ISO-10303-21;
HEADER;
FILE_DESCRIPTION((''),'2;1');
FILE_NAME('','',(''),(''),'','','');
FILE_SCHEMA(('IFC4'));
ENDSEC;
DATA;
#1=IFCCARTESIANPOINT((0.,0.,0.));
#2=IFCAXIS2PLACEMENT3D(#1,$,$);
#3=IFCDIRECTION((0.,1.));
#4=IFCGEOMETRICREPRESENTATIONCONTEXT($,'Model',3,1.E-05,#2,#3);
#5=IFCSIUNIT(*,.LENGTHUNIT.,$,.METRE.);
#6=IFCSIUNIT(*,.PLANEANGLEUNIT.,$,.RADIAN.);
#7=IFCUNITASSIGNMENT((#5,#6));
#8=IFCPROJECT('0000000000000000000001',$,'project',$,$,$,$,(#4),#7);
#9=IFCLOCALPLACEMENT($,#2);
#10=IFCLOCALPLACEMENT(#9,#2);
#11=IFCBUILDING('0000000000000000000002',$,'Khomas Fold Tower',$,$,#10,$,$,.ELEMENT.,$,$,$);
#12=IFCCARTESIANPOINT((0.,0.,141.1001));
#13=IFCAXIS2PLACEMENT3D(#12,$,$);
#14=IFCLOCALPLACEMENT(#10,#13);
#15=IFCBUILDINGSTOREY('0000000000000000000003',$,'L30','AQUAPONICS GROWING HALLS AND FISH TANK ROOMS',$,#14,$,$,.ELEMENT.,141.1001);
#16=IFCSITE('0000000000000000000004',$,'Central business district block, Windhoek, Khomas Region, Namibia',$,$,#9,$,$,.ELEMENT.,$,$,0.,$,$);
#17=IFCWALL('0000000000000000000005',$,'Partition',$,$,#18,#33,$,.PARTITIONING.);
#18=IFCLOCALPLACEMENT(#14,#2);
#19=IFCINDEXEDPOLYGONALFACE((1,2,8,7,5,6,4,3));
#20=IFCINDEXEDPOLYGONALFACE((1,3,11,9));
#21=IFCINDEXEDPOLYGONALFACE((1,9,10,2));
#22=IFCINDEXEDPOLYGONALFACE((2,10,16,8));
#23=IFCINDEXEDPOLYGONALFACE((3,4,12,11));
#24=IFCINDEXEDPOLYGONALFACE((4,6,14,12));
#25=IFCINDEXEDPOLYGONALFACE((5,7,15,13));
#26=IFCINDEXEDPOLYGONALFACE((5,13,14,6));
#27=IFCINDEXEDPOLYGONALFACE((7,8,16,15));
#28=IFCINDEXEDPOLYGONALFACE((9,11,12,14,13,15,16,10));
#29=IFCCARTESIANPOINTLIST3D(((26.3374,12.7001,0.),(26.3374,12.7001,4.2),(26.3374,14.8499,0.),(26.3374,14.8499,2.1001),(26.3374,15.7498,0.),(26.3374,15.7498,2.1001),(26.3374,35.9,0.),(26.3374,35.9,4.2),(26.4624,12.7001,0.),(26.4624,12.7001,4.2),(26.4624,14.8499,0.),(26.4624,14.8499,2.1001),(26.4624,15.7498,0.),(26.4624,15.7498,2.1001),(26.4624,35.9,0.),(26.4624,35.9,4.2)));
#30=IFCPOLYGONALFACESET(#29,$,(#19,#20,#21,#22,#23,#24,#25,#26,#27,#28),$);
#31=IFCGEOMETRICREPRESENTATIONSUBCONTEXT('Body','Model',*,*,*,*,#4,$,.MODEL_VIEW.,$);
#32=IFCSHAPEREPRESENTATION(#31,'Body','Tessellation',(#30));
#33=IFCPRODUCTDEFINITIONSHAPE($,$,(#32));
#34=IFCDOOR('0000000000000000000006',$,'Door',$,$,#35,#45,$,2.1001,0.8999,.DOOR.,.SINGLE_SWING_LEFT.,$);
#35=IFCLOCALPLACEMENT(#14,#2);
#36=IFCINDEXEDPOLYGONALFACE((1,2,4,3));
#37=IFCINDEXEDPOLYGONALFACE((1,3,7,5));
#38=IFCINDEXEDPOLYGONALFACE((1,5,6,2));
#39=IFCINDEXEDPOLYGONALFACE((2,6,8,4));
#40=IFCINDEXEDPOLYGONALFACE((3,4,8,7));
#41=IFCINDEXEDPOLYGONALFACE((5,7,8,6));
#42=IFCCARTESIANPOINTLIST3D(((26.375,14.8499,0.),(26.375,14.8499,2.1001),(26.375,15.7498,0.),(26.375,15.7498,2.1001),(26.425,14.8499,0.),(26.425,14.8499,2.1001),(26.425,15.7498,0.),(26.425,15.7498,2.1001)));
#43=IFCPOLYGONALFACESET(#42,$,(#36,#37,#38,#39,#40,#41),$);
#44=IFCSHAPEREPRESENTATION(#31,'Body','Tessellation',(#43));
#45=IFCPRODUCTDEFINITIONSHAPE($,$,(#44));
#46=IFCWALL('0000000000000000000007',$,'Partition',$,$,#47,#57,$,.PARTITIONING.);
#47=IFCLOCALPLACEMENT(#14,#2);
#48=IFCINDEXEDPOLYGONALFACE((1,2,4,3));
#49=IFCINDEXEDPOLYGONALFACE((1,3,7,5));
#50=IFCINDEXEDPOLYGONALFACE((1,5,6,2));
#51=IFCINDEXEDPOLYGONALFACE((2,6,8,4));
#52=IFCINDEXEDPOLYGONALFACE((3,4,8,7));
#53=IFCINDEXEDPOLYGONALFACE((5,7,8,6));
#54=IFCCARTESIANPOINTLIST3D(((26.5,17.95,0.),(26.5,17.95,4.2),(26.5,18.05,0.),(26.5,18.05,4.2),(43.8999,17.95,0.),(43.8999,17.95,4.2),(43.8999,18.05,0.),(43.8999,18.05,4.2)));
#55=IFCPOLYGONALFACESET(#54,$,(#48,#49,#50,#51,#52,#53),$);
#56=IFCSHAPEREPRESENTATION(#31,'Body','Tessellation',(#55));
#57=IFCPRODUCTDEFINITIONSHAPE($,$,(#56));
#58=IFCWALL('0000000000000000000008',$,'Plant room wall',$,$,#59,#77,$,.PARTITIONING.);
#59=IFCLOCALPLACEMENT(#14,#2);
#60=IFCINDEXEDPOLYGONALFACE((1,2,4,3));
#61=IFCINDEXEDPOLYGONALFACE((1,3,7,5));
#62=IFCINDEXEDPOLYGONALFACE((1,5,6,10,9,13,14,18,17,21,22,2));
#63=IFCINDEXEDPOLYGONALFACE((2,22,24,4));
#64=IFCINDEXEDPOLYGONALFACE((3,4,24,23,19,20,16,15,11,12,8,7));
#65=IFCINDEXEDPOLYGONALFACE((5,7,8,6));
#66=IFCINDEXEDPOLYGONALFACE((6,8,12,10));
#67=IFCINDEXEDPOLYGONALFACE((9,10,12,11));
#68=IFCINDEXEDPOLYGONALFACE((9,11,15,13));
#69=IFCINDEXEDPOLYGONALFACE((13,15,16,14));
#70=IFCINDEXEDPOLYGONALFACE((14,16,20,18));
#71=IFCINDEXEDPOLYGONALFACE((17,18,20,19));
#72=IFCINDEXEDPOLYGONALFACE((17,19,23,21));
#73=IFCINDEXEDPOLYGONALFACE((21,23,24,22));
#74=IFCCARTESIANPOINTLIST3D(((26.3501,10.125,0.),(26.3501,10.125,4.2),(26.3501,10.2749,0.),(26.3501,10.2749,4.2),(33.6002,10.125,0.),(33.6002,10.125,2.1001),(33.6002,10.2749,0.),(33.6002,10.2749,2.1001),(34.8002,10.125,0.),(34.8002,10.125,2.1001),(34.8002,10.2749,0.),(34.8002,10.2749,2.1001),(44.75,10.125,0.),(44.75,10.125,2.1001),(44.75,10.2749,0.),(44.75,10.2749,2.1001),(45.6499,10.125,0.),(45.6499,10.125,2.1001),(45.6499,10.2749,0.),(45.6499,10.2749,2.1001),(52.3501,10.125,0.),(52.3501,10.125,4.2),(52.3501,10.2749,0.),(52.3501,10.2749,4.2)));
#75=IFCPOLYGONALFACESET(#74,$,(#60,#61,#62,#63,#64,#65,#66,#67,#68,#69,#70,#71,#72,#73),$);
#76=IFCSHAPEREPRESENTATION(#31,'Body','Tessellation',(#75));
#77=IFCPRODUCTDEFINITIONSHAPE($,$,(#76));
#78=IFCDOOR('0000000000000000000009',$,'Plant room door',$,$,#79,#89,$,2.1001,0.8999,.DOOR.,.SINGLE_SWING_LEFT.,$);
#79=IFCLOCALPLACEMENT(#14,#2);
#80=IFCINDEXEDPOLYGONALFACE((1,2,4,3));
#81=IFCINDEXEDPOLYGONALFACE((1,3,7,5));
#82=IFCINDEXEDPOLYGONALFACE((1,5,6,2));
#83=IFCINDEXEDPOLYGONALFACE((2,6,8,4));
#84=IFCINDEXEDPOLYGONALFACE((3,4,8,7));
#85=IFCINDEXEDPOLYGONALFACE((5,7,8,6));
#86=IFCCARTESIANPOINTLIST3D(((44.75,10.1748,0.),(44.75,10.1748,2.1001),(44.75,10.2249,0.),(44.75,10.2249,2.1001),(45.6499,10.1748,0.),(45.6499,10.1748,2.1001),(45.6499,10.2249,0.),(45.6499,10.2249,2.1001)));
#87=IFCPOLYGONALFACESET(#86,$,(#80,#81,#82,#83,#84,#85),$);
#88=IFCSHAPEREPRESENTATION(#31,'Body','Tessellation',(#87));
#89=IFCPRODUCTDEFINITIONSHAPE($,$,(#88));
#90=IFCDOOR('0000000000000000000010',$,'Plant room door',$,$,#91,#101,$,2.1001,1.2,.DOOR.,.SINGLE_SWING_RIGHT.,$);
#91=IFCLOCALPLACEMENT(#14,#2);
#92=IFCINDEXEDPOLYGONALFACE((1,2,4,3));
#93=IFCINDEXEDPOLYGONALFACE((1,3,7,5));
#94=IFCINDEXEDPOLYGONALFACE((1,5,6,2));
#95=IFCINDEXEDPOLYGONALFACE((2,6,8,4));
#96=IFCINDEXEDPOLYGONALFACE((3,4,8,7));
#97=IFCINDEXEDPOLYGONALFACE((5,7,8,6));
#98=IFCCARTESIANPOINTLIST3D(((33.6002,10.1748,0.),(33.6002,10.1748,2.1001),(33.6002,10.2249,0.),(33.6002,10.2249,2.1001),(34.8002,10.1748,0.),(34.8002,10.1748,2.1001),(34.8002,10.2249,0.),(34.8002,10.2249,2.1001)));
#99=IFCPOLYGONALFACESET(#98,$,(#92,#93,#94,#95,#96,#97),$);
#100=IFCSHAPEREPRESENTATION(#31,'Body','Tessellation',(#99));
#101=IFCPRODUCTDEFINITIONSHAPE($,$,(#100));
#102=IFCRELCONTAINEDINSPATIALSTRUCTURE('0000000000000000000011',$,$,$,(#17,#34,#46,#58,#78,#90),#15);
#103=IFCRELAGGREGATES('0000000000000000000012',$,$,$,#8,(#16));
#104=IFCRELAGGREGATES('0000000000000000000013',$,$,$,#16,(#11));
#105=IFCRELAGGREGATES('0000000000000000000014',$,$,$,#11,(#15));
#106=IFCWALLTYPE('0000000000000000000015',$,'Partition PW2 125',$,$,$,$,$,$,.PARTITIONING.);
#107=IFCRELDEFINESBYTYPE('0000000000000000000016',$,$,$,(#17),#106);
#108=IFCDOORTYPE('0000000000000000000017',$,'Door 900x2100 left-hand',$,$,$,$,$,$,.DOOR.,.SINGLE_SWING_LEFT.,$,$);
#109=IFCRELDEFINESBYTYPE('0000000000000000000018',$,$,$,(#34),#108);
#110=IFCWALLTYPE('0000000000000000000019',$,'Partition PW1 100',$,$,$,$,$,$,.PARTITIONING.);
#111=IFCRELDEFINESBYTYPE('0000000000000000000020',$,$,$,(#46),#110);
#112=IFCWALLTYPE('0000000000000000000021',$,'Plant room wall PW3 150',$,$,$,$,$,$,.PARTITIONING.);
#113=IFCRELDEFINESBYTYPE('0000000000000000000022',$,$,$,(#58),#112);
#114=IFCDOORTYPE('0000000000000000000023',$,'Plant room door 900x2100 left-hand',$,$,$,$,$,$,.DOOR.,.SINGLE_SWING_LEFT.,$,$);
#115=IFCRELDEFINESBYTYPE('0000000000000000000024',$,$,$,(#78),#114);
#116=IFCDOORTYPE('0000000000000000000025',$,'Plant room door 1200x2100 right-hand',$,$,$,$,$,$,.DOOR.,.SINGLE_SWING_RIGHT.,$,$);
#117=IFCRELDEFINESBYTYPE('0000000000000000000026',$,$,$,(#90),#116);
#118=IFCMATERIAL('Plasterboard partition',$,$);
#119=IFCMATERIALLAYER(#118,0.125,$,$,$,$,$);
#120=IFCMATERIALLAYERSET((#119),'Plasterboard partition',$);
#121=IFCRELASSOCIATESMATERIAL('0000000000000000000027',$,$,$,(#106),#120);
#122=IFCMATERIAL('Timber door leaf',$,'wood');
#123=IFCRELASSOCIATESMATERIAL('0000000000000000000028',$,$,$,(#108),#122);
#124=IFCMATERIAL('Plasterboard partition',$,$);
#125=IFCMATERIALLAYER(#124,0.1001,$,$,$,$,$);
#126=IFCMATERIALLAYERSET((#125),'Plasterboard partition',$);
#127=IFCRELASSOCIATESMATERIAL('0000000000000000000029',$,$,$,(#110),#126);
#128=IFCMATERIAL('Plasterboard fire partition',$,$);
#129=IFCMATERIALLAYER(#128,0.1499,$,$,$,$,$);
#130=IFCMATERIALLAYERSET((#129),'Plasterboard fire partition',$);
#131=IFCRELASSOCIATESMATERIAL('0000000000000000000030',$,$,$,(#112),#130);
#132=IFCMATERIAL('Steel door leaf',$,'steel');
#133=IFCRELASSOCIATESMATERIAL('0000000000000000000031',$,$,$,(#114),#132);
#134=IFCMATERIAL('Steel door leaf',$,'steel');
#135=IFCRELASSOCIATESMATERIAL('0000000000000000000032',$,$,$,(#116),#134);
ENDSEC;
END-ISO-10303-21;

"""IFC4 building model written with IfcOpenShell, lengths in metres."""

from ifc_helpers import new_model, si_unit, direction, frame, frame_2d, origin, place, context, subcontext, project, spatial, rectangle, extrude, source, transform, mapped, material, layer, layer_set, type_object, element, fill, save


model = new_model("IFC4")

# Units and contexts
model_context = context("Model", 3, precision=1e-05, world=origin(), true_north=direction((0.0, 1.0)))
body_context = subcontext(model_context, "Body", "Model", "MODEL_VIEW")
ifc_project = project(units=[si_unit("LENGTHUNIT", "METRE"), si_unit("PLANEANGLEUNIT", "RADIAN")], contexts=[model_context])

# Site, building, storey
site_placement = place(None, origin())
site = spatial("IfcSite", under=ifc_project, at=site_placement, Name="Central business district block, Windhoek, Khomas Region, Namibia", CompositionType="ELEMENT", RefElevation=0.0)
building_placement = place(site_placement, origin())
building = spatial("IfcBuilding", under=site, at=building_placement, Name="Khomas Fold Tower", CompositionType="ELEMENT")
storey_placement = place(building_placement, frame((0.0, 0.0, 141.1001)))
storey = spatial("IfcBuildingStorey", under=building, at=storey_placement, Name="L30", Description="AQUAPONICS GROWING HALLS AND FISH TANK ROOMS", CompositionType="ELEMENT", Elevation=141.1001)

# Shared definitions
ifc_material_1 = material(Name="Plasterboard partition")
ifc_layer_1 = layer(ifc_material_1, 0.125)
ifc_layer_set_1 = layer_set([ifc_layer_1], Name="Plasterboard partition")
wall_type_1 = type_object("IfcWallType", Name="Partition PW2 125", PredefinedType="PARTITIONING", material=ifc_layer_set_1)

# Wall, opening, door
shared_shape_1 = source(origin(), body_context, "Body", "SweptSolid", [
    extrude(rectangle(XDim=23.2, YDim=0.125, at=frame_2d((11.6001, 0.0))), origin(), (0.0, 0.0, 1.0), 4.2),
])
wall_1_placement = place(storey_placement, frame((26.3999, 12.7, 0.0), z_axis=(0.0, 0.0, 1.0), x_axis=(0.0, 1.0, 0.0)))
wall_1 = element("IfcWall", 1, at=wall_1_placement, inside=storey, type_object=wall_type_1, Name="Partition", PredefinedType="PARTITIONING", context=body_context, shape_type="MappedRepresentation", body=[
    mapped(shared_shape_1, transform((0.0, 0.0, 0.0))),
])
shared_shape_2 = source(origin(), body_context, "Body", "SweptSolid", [
    extrude(rectangle(XDim=0.8999, YDim=2.1001, at=frame_2d((0.45, 1.05))), frame((0.0, 0.0725, 0.0), z_axis=(0.0, -1.0, 0.0), x_axis=(1.0, 0.0, 0.0)), (0.0, 0.0, 1.0), 0.145),
])
opening_1_placement = place(wall_1_placement, frame((2.1499, 0.0, 0.0)))
opening_1 = element("IfcOpeningElement", 2, at=opening_1_placement, cuts=wall_1, PredefinedType="OPENING", context=body_context, shape_type="MappedRepresentation", body=[
    mapped(shared_shape_2, transform((0.0, 0.0, 0.0))),
])
ifc_material_2 = material(Name="Timber door leaf", Category="wood")
door_type_1 = type_object("IfcDoorType", Name="Door 900x2100 left-hand", OperationType="SINGLE_SWING_LEFT", PredefinedType="DOOR", material=ifc_material_2)
shared_shape_3 = source(origin(), body_context, "Body", "SweptSolid", [
    extrude(rectangle(XDim=0.8999, YDim=2.1001, at=frame_2d((0.45, 1.05))), frame((0.0, 0.0249, 0.0), z_axis=(0.0, -1.0, 0.0), x_axis=(1.0, 0.0, 0.0)), (0.0, 0.0, 1.0), 0.05),
])
door_1_placement = place(opening_1_placement, origin())
door_1 = element("IfcDoor", 3, at=door_1_placement, inside=storey, type_object=door_type_1, Name="Door", OperationType="SINGLE_SWING_LEFT", OverallHeight=2.1001, OverallWidth=0.8999, PredefinedType="DOOR", context=body_context, shape_type="MappedRepresentation", body=[
    mapped(shared_shape_3, transform((0.0, 0.0, 0.0))),
])
fill(opening_1, door_1)

# Wall
ifc_material_3 = material(Name="Plasterboard partition")
ifc_layer_2 = layer(ifc_material_3, 0.1001)
ifc_layer_set_2 = layer_set([ifc_layer_2], Name="Plasterboard partition")
wall_type_2 = type_object("IfcWallType", Name="Partition PW1 100", PredefinedType="PARTITIONING", material=ifc_layer_set_2)
shared_shape_4 = source(origin(), body_context, "Body", "SweptSolid", [
    extrude(rectangle(XDim=17.3999, YDim=0.1001, at=frame_2d((8.7, 0.0))), origin(), (0.0, 0.0, 1.0), 4.2),
])
wall_2_placement = place(storey_placement, frame((26.5, 18.0, 0.0), z_axis=(0.0, 0.0, 1.0), x_axis=(1.0, 0.0, 0.0)))
element("IfcWall", 4, at=wall_2_placement, inside=storey, type_object=wall_type_2, Name="Partition", PredefinedType="PARTITIONING", context=body_context, shape_type="MappedRepresentation", body=[
    mapped(shared_shape_4, transform((0.0, 0.0, 0.0))),
])

# Wall, openings, doors
ifc_material_4 = material(Name="Plasterboard fire partition")
ifc_layer_3 = layer(ifc_material_4, 0.1499)
ifc_layer_set_3 = layer_set([ifc_layer_3], Name="Plasterboard fire partition")
wall_type_3 = type_object("IfcWallType", Name="Plant room wall PW3 150", PredefinedType="PARTITIONING", material=ifc_layer_set_3)
shared_shape_5 = source(origin(), body_context, "Body", "SweptSolid", [
    extrude(rectangle(XDim=26.0, YDim=0.1499, at=frame_2d((13.0, 0.0))), origin(), (0.0, 0.0, 1.0), 4.2),
])
wall_3_placement = place(storey_placement, frame((26.3501, 10.2, 0.0), z_axis=(0.0, 0.0, 1.0), x_axis=(1.0, 0.0, 0.0)))
wall_3 = element("IfcWall", 5, at=wall_3_placement, inside=storey, type_object=wall_type_3, Name="Plant room wall", PredefinedType="PARTITIONING", context=body_context, shape_type="MappedRepresentation", body=[
    mapped(shared_shape_5, transform((0.0, 0.0, 0.0))),
])
shared_shape_6 = source(origin(), body_context, "Body", "SweptSolid", [
    extrude(rectangle(XDim=1.2, YDim=2.1001, at=frame_2d((0.6001, 1.05))), frame((0.0, 0.085, 0.0), z_axis=(0.0, -1.0, 0.0), x_axis=(1.0, 0.0, 0.0)), (0.0, 0.0, 1.0), 0.1699),
])
opening_2_placement = place(wall_3_placement, frame((7.25, 0.0, 0.0)))
opening_2 = element("IfcOpeningElement", 6, at=opening_2_placement, cuts=wall_3, PredefinedType="OPENING", context=body_context, shape_type="MappedRepresentation", body=[
    mapped(shared_shape_6, transform((0.0, 0.0, 0.0))),
])
shared_shape_7 = source(origin(), body_context, "Body", "SweptSolid", [
    extrude(rectangle(XDim=0.8999, YDim=2.1001, at=frame_2d((0.45, 1.05))), frame((0.0, 0.085, 0.0), z_axis=(0.0, -1.0, 0.0), x_axis=(1.0, 0.0, 0.0)), (0.0, 0.0, 1.0), 0.1699),
])
opening_3_placement = place(wall_3_placement, frame((18.3999, 0.0, 0.0)))
opening_3 = element("IfcOpeningElement", 7, at=opening_3_placement, cuts=wall_3, PredefinedType="OPENING", context=body_context, shape_type="MappedRepresentation", body=[
    mapped(shared_shape_7, transform((0.0, 0.0, 0.0))),
])
ifc_material_5 = material(Name="Steel door leaf", Category="steel")
door_type_2 = type_object("IfcDoorType", Name="Plant room door 900x2100 left-hand", OperationType="SINGLE_SWING_LEFT", PredefinedType="DOOR", material=ifc_material_5)
door_2_placement = place(opening_3_placement, origin())
door_2 = element("IfcDoor", 8, at=door_2_placement, inside=storey, type_object=door_type_2, Name="Plant room door", OperationType="SINGLE_SWING_LEFT", OverallHeight=2.1001, OverallWidth=0.8999, PredefinedType="DOOR", context=body_context, shape_type="MappedRepresentation", body=[
    mapped(shared_shape_3, transform((0.0, 0.0, 0.0))),
])
fill(opening_3, door_2)
ifc_material_6 = material(Name="Steel door leaf", Category="steel")
door_type_3 = type_object("IfcDoorType", Name="Plant room door 1200x2100 right-hand", OperationType="SINGLE_SWING_RIGHT", PredefinedType="DOOR", material=ifc_material_6)
shared_shape_8 = source(origin(), body_context, "Body", "SweptSolid", [
    extrude(rectangle(XDim=1.2, YDim=2.1001, at=frame_2d((0.6001, 1.05))), frame((0.0, 0.0249, 0.0), z_axis=(0.0, -1.0, 0.0), x_axis=(1.0, 0.0, 0.0)), (0.0, 0.0, 1.0), 0.05),
])
door_3_placement = place(opening_2_placement, origin())
door_3 = element("IfcDoor", 9, at=door_3_placement, inside=storey, type_object=door_type_3, Name="Plant room door", OperationType="SINGLE_SWING_RIGHT", OverallHeight=2.1001, OverallWidth=1.2, PredefinedType="DOOR", context=body_context, shape_type="MappedRepresentation", body=[
    mapped(shared_shape_8, transform((0.0, 0.0, 0.0))),
])
fill(opening_2, door_3)

save(model, "model.ifc")
